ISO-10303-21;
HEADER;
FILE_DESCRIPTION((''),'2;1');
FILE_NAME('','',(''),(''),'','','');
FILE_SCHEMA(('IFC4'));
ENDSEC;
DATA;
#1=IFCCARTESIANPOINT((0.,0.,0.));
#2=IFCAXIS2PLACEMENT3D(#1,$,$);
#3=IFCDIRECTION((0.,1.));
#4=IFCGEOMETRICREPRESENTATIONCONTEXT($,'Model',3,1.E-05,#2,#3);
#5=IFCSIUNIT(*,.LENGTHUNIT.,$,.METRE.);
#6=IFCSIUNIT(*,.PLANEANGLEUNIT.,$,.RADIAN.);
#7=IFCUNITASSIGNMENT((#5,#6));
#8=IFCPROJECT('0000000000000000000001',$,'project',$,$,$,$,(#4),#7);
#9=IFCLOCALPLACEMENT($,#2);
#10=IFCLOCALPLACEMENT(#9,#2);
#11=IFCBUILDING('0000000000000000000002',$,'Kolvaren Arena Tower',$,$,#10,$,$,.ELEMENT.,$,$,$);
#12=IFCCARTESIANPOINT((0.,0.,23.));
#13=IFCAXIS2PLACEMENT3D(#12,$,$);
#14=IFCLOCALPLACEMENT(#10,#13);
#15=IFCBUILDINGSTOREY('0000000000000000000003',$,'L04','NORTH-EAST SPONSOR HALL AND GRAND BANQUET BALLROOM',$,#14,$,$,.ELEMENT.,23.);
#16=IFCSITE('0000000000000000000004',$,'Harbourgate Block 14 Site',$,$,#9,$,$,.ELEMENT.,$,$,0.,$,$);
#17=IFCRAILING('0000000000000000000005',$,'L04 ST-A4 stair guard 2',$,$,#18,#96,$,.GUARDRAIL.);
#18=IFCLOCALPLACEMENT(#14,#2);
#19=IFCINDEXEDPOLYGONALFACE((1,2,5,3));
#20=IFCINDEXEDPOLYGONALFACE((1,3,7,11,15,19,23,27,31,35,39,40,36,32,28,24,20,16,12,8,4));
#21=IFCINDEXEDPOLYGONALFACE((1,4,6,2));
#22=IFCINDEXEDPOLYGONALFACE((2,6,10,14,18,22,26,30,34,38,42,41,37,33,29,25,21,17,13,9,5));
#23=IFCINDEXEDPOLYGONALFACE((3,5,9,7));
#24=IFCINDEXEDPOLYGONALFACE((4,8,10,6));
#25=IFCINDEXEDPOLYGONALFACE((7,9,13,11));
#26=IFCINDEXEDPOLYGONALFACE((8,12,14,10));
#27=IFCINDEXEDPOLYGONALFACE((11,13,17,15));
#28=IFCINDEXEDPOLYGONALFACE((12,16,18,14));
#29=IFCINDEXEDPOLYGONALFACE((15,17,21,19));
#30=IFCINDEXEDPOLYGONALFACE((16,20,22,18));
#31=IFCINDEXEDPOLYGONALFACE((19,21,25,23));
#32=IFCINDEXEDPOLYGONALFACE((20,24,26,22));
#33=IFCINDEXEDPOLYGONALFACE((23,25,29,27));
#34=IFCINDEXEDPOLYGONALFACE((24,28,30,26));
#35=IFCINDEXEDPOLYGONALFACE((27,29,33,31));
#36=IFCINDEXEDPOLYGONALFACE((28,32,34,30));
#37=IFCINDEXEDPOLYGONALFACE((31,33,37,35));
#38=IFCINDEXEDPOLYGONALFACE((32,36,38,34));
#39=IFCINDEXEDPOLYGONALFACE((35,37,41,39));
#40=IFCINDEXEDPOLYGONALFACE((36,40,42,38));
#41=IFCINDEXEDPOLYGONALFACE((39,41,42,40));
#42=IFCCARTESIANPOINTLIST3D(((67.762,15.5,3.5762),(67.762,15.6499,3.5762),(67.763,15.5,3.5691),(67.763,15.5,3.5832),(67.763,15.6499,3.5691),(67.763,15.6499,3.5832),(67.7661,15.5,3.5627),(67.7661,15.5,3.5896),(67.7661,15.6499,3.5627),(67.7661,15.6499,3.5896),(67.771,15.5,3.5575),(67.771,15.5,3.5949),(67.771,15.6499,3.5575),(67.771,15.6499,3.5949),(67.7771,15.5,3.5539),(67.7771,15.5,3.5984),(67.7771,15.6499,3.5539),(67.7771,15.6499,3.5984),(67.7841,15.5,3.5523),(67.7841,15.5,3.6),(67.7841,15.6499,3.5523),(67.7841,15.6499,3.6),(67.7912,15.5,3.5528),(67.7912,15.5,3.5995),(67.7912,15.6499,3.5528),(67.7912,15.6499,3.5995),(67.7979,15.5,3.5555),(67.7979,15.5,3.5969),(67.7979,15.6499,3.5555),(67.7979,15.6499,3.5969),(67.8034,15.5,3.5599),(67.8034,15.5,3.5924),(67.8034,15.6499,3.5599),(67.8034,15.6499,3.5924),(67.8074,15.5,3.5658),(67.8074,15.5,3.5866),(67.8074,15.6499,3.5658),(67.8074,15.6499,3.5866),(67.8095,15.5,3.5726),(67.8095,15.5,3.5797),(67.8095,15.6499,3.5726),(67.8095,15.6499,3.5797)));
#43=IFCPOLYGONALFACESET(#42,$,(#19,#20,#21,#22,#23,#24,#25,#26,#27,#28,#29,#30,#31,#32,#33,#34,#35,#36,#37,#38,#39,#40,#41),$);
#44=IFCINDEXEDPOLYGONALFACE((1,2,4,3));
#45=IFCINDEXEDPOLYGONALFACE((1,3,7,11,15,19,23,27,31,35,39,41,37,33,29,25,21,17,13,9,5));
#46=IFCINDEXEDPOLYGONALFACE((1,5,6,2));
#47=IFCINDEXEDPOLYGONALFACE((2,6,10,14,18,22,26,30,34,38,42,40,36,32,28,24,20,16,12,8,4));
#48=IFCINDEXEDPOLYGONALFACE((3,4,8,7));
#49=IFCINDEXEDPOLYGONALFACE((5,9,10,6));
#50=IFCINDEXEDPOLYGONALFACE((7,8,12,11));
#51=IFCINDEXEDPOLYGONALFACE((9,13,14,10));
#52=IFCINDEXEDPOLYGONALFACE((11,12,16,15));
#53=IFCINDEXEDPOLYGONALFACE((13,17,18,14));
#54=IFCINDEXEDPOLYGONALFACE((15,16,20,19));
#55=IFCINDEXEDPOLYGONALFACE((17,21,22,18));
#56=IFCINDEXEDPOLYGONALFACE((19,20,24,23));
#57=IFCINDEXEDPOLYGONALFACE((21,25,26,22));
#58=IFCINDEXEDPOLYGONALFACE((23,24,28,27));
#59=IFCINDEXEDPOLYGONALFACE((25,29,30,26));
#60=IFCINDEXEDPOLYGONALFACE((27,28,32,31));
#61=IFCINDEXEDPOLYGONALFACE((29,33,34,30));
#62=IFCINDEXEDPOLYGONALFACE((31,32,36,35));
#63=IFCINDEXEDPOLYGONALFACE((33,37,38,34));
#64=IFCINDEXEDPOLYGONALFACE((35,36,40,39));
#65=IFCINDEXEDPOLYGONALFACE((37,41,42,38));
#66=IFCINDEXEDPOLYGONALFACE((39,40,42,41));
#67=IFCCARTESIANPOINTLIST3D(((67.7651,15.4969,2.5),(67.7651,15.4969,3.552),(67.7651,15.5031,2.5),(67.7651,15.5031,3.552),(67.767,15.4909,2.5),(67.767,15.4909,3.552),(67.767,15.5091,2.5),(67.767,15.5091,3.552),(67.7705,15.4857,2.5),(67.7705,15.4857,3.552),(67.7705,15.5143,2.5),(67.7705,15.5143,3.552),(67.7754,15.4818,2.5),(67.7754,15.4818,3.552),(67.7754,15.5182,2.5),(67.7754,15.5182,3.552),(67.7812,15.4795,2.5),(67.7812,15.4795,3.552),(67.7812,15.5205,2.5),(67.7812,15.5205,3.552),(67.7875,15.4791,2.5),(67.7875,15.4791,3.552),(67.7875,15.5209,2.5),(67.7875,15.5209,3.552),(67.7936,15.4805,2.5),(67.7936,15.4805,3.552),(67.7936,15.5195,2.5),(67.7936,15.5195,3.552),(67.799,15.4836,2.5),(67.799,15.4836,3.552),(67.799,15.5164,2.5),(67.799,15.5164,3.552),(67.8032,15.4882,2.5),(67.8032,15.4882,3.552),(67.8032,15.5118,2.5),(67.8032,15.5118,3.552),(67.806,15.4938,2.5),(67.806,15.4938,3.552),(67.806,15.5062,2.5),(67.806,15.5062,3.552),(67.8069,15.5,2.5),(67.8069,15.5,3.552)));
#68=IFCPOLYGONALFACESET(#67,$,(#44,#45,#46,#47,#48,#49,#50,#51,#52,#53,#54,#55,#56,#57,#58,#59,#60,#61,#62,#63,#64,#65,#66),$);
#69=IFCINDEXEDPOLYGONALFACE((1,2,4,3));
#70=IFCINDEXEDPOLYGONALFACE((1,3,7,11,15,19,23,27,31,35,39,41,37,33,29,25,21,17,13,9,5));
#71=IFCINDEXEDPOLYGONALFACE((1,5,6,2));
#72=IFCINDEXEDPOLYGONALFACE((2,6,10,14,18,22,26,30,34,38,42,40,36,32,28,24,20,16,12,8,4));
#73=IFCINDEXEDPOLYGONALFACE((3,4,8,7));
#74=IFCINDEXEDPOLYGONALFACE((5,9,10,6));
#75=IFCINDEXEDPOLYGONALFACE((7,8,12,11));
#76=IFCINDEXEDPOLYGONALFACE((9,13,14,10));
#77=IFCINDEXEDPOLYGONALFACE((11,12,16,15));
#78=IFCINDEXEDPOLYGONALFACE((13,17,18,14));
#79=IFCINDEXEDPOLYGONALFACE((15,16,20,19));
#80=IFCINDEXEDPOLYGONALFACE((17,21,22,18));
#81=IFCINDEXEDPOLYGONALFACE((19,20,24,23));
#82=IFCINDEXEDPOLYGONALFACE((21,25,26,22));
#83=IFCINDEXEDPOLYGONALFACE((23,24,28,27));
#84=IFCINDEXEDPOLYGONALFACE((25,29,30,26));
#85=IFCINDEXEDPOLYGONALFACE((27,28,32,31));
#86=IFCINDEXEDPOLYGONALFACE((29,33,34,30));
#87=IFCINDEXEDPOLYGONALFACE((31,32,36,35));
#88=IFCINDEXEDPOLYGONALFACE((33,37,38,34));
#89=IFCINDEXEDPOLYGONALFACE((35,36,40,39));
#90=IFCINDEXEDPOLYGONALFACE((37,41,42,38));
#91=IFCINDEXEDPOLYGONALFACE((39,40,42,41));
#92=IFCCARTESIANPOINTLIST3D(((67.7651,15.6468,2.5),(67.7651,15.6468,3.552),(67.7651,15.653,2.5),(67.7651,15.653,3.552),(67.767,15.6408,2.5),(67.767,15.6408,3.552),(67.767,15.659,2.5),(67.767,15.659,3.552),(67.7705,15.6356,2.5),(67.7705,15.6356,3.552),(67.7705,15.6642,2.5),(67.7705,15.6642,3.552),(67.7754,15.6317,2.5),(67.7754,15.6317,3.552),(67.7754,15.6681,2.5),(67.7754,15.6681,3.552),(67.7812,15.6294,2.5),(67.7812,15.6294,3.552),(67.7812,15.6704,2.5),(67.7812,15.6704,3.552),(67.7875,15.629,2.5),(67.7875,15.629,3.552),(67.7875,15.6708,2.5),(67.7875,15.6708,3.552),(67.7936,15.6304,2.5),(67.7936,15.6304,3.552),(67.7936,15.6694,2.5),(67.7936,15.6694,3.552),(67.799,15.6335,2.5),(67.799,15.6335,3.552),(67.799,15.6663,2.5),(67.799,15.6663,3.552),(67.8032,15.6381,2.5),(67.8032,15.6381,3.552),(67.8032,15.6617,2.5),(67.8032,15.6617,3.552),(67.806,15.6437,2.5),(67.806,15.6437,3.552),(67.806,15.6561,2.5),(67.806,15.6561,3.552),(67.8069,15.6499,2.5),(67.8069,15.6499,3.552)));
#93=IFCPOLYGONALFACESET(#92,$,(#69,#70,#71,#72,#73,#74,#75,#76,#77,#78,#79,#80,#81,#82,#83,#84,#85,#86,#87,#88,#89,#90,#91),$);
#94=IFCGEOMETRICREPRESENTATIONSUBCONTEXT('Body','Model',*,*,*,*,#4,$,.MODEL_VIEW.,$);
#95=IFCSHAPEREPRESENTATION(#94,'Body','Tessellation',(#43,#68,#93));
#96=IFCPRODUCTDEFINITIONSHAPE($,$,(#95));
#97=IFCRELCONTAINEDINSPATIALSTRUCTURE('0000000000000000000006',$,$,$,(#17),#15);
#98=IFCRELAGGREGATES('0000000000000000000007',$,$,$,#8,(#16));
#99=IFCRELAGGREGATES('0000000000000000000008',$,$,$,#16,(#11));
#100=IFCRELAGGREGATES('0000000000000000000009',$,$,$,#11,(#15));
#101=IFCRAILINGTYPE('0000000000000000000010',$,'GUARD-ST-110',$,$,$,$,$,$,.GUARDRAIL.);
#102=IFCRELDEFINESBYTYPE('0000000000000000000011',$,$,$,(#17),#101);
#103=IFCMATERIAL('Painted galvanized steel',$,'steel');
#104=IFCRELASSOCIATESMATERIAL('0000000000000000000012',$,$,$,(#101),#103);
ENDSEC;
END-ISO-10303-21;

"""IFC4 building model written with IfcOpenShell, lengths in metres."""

from ifc_helpers import new_model, si_unit, direction, frame, origin, origin_2d, place, context, subcontext, project, spatial, circle, extrude, material, type_object, element, save


model = new_model("IFC4")

# Units and contexts
model_context = context("Model", 3, precision=1e-05, world=origin(), true_north=direction((0.0, 1.0)))
body_context = subcontext(model_context, "Body", "Model", "MODEL_VIEW")
ifc_project = project(units=[si_unit("LENGTHUNIT", "METRE"), si_unit("PLANEANGLEUNIT", "RADIAN")], contexts=[model_context])

# Site, building, storey
site_placement = place(None, origin())
site = spatial("IfcSite", under=ifc_project, at=site_placement, Name="Harbourgate Block 14 Site", CompositionType="ELEMENT", RefElevation=0.0)
building_placement = place(site_placement, origin())
building = spatial("IfcBuilding", under=site, at=building_placement, Name="Kolvaren Arena Tower", CompositionType="ELEMENT")
storey_placement = place(building_placement, frame((0.0, 0.0, 23.0)))
storey = spatial("IfcBuildingStorey", under=building, at=storey_placement, Name="L04", Description="NORTH-EAST SPONSOR HALL AND GRAND BANQUET BALLROOM", CompositionType="ELEMENT", Elevation=23.0)

# Railing
ifc_material_1 = material(Name="Painted galvanized steel", Category="steel")
railing_type_1 = type_object("IfcRailingType", Name="GUARD-ST-110", PredefinedType="GUARDRAIL", material=ifc_material_1)
railing_1_placement = place(storey_placement, frame((67.7859, 15.5, 2.5)))
element("IfcRailing", 1, at=railing_1_placement, inside=storey, type_object=railing_type_1, Name="L04 ST-A4 stair guard 2", PredefinedType="GUARDRAIL", context=body_context, shape_type="SweptSolid", body=[
    extrude(circle(Radius=0.0239, at=origin_2d()), frame((0.0, 0.0, 1.0762), z_axis=(0.0, 1.0, 0.0), x_axis=(-1.0, 0.0, 0.0)), (0.0, 0.0, 1.0), 0.1499),
    extrude(circle(Radius=0.021, at=origin_2d()), origin(), (0.0, 0.0, 1.0), 1.052),
    extrude(circle(Radius=0.021, at=origin_2d()), frame((0.0, 0.1499, 0.0)), (0.0, 0.0, 1.0), 1.052),
])

save(model, "model.ifc")
